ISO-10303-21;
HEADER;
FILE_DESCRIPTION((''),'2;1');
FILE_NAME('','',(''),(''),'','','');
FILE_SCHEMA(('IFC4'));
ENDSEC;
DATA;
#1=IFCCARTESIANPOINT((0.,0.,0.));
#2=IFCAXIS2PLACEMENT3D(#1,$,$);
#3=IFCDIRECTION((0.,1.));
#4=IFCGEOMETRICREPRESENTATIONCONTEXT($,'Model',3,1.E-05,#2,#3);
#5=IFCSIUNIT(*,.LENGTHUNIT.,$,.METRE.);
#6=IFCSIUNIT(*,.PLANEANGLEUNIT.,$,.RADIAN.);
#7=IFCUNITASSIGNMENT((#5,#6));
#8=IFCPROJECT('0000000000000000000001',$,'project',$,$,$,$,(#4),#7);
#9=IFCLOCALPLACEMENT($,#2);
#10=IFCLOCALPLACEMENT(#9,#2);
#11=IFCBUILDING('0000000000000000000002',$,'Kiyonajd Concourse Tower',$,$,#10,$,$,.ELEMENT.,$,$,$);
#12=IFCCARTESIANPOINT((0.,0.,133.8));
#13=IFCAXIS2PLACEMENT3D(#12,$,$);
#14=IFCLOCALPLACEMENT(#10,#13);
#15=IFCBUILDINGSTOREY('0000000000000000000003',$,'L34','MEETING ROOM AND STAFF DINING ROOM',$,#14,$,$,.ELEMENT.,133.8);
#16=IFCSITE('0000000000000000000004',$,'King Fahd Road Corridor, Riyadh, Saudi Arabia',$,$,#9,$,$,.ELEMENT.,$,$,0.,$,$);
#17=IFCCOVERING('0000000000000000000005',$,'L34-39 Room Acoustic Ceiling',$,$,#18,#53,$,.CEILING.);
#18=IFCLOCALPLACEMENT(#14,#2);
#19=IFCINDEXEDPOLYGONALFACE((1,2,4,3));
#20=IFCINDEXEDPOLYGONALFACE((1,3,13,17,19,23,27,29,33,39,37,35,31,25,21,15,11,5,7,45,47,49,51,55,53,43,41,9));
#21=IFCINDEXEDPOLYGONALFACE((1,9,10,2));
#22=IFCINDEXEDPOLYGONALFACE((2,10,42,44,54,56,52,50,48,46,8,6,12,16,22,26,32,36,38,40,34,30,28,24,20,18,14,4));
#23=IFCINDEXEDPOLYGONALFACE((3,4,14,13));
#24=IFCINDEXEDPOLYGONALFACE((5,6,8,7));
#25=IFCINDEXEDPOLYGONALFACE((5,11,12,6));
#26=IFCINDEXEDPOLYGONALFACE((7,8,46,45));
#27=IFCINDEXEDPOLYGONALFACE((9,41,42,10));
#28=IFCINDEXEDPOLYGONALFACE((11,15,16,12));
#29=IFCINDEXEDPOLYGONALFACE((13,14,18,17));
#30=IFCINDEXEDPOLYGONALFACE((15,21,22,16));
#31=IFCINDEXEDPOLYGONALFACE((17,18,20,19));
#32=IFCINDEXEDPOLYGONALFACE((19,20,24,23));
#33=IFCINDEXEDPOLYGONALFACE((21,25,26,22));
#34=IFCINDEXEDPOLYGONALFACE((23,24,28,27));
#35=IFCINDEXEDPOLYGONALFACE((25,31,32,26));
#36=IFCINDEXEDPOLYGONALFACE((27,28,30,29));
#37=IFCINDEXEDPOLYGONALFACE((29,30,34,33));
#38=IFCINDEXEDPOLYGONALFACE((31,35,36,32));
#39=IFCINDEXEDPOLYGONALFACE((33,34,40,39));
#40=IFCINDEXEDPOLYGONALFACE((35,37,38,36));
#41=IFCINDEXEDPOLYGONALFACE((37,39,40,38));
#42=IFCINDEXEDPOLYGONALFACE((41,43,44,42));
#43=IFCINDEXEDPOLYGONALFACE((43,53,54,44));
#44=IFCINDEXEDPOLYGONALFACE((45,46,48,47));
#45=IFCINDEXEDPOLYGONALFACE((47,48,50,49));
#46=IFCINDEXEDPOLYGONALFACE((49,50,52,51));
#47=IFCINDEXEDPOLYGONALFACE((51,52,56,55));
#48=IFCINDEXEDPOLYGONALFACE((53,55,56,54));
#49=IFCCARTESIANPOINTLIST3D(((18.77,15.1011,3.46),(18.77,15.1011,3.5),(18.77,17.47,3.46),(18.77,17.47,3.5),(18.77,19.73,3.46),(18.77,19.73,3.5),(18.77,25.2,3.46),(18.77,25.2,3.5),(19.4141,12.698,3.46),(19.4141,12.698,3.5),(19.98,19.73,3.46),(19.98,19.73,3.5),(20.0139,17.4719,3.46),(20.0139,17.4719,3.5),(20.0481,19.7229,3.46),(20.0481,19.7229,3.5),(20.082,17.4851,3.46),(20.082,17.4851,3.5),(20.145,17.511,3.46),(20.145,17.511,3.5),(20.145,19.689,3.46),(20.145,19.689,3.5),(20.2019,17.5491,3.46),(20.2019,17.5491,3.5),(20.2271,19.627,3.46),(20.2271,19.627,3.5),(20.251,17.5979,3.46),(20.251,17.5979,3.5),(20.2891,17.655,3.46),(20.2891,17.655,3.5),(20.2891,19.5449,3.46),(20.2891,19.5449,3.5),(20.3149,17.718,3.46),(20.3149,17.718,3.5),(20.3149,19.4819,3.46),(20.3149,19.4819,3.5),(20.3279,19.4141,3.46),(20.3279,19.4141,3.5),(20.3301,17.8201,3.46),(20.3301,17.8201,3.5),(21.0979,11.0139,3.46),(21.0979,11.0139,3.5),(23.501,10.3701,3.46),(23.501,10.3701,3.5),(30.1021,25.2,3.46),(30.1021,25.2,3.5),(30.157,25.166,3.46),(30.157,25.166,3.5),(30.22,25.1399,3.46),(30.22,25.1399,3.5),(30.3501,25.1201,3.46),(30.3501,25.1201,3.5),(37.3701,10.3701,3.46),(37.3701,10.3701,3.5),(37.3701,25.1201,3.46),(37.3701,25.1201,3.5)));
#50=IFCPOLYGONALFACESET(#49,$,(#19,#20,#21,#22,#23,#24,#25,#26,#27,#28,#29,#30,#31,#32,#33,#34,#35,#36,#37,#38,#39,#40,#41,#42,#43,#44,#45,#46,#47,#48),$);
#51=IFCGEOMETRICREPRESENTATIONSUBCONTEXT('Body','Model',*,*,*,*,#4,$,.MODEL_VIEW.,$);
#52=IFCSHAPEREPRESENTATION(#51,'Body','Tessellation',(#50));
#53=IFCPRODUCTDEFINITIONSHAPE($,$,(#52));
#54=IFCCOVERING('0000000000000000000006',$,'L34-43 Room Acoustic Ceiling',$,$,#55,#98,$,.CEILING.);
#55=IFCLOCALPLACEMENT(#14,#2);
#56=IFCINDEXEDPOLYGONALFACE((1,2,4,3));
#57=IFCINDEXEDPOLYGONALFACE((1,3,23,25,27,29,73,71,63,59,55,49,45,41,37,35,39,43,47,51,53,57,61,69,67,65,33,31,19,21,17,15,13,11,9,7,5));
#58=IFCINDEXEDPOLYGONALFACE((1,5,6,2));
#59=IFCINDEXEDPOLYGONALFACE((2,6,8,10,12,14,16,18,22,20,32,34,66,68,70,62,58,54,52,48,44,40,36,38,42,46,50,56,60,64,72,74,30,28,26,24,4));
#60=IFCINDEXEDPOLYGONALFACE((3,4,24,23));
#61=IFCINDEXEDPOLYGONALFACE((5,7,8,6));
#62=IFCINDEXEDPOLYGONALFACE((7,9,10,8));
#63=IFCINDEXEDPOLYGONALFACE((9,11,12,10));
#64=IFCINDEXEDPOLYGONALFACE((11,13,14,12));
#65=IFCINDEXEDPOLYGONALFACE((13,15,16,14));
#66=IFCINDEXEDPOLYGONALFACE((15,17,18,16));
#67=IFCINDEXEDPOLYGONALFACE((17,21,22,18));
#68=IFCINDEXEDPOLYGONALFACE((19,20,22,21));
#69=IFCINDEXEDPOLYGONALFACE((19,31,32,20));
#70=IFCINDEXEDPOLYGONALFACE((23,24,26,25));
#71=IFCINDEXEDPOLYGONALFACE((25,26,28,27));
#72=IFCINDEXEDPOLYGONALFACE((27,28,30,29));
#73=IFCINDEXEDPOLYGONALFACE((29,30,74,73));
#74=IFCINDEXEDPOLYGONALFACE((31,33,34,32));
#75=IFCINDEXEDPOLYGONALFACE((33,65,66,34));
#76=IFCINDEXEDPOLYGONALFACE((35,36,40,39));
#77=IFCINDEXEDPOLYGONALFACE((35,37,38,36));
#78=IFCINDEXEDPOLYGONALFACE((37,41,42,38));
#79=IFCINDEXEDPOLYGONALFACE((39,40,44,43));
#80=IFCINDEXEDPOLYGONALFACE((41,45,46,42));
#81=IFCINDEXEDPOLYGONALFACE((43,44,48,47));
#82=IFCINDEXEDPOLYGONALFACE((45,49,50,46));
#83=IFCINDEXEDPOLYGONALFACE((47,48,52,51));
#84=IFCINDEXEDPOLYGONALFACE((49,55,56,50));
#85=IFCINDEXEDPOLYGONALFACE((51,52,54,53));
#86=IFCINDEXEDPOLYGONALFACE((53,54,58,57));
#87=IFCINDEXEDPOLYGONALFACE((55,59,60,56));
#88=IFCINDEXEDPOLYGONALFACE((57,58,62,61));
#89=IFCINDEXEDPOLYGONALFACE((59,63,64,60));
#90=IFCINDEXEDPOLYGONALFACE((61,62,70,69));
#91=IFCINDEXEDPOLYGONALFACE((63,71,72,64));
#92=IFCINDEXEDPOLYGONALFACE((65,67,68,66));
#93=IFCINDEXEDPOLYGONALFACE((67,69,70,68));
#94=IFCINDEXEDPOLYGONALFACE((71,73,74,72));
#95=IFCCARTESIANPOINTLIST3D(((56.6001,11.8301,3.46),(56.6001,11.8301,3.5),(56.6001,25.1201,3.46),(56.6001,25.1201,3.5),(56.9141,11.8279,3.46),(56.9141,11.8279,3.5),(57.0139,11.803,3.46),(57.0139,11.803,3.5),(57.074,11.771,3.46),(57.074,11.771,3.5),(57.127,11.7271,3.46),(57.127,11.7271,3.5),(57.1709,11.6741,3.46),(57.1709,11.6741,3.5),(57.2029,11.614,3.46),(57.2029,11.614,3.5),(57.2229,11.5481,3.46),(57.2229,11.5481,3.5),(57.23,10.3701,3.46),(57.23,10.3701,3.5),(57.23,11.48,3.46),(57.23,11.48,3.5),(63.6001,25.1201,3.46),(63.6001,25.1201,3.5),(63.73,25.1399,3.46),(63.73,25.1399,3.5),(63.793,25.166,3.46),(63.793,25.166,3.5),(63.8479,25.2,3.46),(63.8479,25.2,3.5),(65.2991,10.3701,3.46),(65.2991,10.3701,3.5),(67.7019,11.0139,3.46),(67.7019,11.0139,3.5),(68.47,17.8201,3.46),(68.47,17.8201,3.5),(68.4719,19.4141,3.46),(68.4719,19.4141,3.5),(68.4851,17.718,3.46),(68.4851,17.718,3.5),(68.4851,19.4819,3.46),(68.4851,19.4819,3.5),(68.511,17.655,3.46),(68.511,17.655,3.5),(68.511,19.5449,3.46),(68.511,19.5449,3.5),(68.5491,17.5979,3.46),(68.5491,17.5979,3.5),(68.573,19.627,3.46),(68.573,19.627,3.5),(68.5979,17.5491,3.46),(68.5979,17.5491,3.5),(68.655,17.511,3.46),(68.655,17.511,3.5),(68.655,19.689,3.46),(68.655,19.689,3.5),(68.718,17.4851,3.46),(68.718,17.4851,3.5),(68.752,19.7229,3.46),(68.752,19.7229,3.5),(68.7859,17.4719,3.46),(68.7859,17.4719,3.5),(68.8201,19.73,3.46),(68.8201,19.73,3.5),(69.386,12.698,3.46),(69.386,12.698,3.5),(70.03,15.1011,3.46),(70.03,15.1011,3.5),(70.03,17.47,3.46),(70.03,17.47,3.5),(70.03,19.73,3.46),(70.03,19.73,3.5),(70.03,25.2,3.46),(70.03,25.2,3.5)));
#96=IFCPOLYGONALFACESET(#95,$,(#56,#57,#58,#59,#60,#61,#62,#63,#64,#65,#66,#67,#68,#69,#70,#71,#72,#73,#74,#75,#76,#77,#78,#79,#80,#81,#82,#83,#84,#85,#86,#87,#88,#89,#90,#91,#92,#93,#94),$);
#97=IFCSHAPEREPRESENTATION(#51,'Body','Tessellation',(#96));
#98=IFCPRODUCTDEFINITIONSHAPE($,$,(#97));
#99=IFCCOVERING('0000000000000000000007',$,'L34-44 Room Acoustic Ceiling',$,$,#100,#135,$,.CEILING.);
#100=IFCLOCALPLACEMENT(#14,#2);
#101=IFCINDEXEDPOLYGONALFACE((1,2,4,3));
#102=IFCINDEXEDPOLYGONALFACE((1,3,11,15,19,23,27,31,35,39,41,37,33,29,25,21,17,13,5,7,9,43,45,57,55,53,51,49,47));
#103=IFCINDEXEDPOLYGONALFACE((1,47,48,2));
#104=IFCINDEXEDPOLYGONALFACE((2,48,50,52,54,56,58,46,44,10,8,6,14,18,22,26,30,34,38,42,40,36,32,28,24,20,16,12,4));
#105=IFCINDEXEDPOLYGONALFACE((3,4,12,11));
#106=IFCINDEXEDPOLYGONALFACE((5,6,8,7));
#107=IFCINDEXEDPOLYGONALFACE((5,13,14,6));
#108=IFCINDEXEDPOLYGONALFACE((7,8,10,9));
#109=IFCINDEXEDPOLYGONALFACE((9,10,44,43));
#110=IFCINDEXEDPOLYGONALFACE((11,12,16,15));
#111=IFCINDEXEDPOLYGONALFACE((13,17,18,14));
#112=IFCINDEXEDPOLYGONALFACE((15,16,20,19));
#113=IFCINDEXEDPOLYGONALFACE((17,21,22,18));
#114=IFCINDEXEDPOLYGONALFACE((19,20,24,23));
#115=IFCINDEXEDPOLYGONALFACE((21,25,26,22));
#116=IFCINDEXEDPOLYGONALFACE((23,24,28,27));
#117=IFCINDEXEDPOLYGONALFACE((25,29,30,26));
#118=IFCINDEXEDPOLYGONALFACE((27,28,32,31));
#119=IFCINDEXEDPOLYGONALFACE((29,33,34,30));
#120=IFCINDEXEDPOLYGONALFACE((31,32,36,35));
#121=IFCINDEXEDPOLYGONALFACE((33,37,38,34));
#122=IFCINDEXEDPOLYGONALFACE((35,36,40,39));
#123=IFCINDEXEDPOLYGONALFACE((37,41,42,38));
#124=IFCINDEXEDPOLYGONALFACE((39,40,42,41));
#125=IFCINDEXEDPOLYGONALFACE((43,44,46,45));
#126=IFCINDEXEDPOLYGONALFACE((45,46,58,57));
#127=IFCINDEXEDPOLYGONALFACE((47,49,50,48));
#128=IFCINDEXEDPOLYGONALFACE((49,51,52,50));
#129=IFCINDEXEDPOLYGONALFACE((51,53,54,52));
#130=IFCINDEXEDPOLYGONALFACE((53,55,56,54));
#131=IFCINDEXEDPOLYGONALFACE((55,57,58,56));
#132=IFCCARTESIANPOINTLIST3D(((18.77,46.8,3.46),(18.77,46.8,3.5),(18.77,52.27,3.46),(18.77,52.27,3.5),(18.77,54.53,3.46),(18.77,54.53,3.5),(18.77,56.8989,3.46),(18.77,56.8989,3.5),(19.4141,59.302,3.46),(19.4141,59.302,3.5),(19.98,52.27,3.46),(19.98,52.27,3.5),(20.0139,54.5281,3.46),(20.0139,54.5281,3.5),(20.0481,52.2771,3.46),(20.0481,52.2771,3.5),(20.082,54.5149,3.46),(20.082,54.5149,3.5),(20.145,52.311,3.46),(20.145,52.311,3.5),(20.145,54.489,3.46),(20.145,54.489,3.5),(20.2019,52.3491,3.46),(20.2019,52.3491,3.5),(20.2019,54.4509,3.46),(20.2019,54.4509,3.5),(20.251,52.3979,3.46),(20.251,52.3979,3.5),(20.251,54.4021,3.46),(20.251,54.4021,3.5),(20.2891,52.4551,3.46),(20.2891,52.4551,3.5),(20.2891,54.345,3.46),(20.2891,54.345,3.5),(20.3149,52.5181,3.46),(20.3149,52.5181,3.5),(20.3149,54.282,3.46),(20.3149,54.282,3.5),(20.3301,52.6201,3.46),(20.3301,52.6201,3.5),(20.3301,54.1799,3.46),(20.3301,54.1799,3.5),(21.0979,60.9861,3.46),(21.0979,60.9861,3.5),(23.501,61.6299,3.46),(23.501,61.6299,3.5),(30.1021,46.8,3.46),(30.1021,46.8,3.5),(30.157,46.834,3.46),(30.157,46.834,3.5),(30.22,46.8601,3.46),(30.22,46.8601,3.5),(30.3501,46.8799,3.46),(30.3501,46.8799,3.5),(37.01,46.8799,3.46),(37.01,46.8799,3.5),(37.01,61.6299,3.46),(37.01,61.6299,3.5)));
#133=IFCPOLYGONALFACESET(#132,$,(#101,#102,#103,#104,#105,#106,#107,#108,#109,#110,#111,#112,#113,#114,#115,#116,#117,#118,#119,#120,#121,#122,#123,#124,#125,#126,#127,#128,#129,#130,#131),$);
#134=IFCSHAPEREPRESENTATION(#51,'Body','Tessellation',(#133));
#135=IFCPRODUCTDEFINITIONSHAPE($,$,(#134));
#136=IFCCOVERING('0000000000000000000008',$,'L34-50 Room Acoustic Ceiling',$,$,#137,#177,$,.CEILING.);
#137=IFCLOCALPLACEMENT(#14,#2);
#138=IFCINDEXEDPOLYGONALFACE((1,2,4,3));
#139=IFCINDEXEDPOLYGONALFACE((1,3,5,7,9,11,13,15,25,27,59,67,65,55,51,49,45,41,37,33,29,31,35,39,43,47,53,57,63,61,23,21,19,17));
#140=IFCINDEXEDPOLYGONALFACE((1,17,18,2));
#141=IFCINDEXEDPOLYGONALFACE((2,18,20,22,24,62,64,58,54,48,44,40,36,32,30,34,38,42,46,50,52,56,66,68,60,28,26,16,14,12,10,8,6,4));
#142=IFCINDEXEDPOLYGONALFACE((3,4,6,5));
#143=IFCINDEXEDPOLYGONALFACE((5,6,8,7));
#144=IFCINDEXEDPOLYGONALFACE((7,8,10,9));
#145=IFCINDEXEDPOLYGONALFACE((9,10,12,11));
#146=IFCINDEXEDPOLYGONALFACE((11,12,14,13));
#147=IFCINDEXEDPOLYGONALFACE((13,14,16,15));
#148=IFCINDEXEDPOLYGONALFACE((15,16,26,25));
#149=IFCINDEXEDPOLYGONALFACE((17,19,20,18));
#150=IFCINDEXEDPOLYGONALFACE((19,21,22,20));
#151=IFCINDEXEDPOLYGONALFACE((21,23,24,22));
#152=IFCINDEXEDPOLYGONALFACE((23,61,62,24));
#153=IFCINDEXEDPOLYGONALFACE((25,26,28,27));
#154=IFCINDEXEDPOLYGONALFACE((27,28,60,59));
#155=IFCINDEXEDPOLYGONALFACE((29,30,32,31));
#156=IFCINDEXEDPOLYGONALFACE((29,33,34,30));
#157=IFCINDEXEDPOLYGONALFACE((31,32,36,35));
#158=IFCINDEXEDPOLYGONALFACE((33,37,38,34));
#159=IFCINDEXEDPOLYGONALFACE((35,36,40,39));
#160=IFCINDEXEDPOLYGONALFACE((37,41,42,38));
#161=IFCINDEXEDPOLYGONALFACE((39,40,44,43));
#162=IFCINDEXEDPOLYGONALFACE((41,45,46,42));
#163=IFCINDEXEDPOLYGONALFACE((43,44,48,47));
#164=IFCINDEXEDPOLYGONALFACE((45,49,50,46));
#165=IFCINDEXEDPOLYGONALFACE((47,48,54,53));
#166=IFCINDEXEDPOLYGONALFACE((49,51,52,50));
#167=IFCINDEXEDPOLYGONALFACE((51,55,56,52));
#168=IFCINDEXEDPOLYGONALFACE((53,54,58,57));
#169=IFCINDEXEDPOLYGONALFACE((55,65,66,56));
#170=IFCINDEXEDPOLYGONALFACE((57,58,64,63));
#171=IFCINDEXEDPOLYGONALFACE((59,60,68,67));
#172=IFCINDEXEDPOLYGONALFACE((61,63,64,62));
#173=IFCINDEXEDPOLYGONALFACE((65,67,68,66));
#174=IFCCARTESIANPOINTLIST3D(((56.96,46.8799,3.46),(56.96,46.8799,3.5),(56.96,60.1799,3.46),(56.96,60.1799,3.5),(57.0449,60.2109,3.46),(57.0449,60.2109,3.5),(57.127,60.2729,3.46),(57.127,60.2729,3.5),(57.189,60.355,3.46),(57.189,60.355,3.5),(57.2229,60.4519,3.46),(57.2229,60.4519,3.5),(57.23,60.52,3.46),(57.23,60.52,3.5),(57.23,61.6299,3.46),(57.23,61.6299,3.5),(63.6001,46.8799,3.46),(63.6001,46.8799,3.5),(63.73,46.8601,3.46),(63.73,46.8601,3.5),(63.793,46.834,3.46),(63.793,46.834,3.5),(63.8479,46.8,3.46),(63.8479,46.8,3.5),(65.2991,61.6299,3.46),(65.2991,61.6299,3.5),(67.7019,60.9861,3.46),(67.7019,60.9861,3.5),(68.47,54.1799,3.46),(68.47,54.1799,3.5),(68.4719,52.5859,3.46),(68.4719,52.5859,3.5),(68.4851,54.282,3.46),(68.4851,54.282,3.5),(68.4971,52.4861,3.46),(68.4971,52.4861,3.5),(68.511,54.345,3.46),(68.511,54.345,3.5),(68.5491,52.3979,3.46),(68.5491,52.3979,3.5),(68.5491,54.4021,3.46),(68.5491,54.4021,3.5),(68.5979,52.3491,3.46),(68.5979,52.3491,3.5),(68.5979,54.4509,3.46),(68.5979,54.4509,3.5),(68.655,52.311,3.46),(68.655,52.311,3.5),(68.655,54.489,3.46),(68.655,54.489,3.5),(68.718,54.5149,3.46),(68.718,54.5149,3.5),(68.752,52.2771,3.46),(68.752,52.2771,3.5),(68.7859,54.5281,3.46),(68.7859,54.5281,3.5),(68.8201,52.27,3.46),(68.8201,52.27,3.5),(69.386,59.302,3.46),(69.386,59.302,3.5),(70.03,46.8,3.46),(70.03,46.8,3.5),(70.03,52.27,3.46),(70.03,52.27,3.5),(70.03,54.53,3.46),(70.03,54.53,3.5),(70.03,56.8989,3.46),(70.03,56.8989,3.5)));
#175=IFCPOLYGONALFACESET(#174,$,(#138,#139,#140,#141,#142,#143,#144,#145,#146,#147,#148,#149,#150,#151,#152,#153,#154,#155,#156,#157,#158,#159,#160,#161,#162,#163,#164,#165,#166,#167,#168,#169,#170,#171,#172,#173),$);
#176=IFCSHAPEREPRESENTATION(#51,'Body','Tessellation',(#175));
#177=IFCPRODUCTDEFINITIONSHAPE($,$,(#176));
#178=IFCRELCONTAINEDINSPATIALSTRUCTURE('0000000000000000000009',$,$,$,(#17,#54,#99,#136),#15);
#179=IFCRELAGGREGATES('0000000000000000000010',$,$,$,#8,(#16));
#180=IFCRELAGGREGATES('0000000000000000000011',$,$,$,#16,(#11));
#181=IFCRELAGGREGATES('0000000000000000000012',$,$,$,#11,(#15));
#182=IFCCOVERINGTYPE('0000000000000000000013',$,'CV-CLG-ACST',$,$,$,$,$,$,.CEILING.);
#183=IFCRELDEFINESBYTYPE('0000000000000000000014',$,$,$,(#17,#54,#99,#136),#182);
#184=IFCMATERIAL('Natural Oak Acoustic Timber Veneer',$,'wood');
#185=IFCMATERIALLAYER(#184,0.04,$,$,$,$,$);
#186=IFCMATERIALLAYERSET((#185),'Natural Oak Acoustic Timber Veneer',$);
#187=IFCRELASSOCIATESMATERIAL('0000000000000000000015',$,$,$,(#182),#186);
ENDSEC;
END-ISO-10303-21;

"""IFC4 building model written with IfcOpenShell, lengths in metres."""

from ifc_helpers import new_model, si_unit, direction, frame, origin, place, context, subcontext, project, spatial, polyline, outline, extrude, material, layer, layer_set, type_object, element, save


model = new_model("IFC4")

# Units and contexts
model_context = context("Model", 3, precision=1e-05, world=origin(), true_north=direction((0.0, 1.0)))
body_context = subcontext(model_context, "Body", "Model", "MODEL_VIEW")
ifc_project = project(units=[si_unit("LENGTHUNIT", "METRE"), si_unit("PLANEANGLEUNIT", "RADIAN")], contexts=[model_context])

# Site, building, storey
site_placement = place(None, origin())
site = spatial("IfcSite", under=ifc_project, at=site_placement, Name="King Fahd Road Corridor, Riyadh, Saudi Arabia", CompositionType="ELEMENT", RefElevation=0.0)
building_placement = place(site_placement, origin())
building = spatial("IfcBuilding", under=site, at=building_placement, Name="Kiyonajd Concourse Tower", CompositionType="ELEMENT")
storey_placement = place(building_placement, frame((0.0, 0.0, 133.8)))
storey = spatial("IfcBuildingStorey", under=building, at=storey_placement, Name="L34", Description="MEETING ROOM AND STAFF DINING ROOM", CompositionType="ELEMENT", Elevation=133.8)

# Shared definitions
ifc_material_1 = material(Name="Natural Oak Acoustic Timber Veneer", Category="wood")

# Coverings
ifc_layer_1 = layer(ifc_material_1, 0.04)
ifc_layer_set_1 = layer_set([ifc_layer_1], Name="Natural Oak Acoustic Timber Veneer")
covering_type = type_object("IfcCoveringType", Name="CV-CLG-ACST", PredefinedType="CEILING", material=ifc_layer_set_1)
covering_1_placement = place(storey_placement, frame((0.0, 0.0, 3.46)))
element("IfcCovering", 1, at=covering_1_placement, inside=storey, type_object=covering_type, Name="L34-39 Room Acoustic Ceiling", PredefinedType="CEILING", context=body_context, shape_type="SweptSolid", body=[
    extrude(outline(polyline([(19.4141, 12.698), (18.77, 15.1011), (18.77, 17.47), (20.0139, 17.4719), (20.082, 17.4851), (20.145, 17.511), (20.2019, 17.5491), (20.251, 17.5979), (20.2891, 17.655), (20.3149, 17.718), (20.3301, 17.8201), (20.3279, 19.4141), (20.3149, 19.4819), (20.2891, 19.5449), (20.2271, 19.627), (20.145, 19.689), (20.0481, 19.7229), (19.98, 19.73), (18.77, 19.73), (18.77, 25.2), (30.1021, 25.2), (30.157, 25.166), (30.22, 25.1399), (30.3501, 25.1201), (37.3701, 25.1201), (37.3701, 10.3701), (23.501, 10.3701), (21.0979, 11.0139), (19.4141, 12.698)])), origin(), (0.0, 0.0, 1.0), 0.04),
])
covering_2_placement = place(storey_placement, frame((0.0, 0.0, 3.46)))
element("IfcCovering", 2, at=covering_2_placement, inside=storey, type_object=covering_type, Name="L34-43 Room Acoustic Ceiling", PredefinedType="CEILING", context=body_context, shape_type="SweptSolid", body=[
    extrude(outline(polyline([(57.23, 10.3701), (57.23, 11.48), (57.2229, 11.5481), (57.2029, 11.614), (57.1709, 11.6741), (57.127, 11.7271), (57.074, 11.771), (57.0139, 11.803), (56.9141, 11.8279), (56.6001, 11.8301), (56.6001, 25.1201), (63.6001, 25.1201), (63.73, 25.1399), (63.793, 25.166), (63.8479, 25.2), (70.03, 25.2), (70.03, 19.73), (68.8201, 19.73), (68.752, 19.7229), (68.655, 19.689), (68.573, 19.627), (68.511, 19.5449), (68.4851, 19.4819), (68.4719, 19.4141), (68.47, 17.8201), (68.4851, 17.718), (68.511, 17.655), (68.5491, 17.5979), (68.5979, 17.5491), (68.655, 17.511), (68.718, 17.4851), (68.7859, 17.4719), (70.03, 17.47), (70.03, 15.1011), (69.386, 12.698), (67.7019, 11.0139), (65.2991, 10.3701), (57.23, 10.3701)])), origin(), (0.0, 0.0, 1.0), 0.04),
])
covering_3_placement = place(storey_placement, frame((0.0, 0.0, 3.46)))
element("IfcCovering", 3, at=covering_3_placement, inside=storey, type_object=covering_type, Name="L34-44 Room Acoustic Ceiling", PredefinedType="CEILING", context=body_context, shape_type="SweptSolid", body=[
    extrude(outline(polyline([(21.0979, 60.9861), (23.501, 61.6299), (37.01, 61.6299), (37.01, 46.8799), (30.3501, 46.8799), (30.22, 46.8601), (30.157, 46.834), (30.1021, 46.8), (18.77, 46.8), (18.77, 52.27), (19.98, 52.27), (20.0481, 52.2771), (20.145, 52.311), (20.2019, 52.3491), (20.251, 52.3979), (20.2891, 52.4551), (20.3149, 52.5181), (20.3301, 52.6201), (20.3301, 54.1799), (20.3149, 54.282), (20.2891, 54.345), (20.251, 54.4021), (20.2019, 54.4509), (20.145, 54.489), (20.082, 54.5149), (20.0139, 54.5281), (18.77, 54.53), (18.77, 56.8989), (19.4141, 59.302), (21.0979, 60.9861)])), origin(), (0.0, 0.0, 1.0), 0.04),
])
covering_4_placement = place(storey_placement, frame((0.0, 0.0, 3.46)))
element("IfcCovering", 4, at=covering_4_placement, inside=storey, type_object=covering_type, Name="L34-50 Room Acoustic Ceiling", PredefinedType="CEILING", context=body_context, shape_type="SweptSolid", body=[
    extrude(outline(polyline([(57.23, 61.6299), (65.2991, 61.6299), (67.7019, 60.9861), (69.386, 59.302), (70.03, 56.8989), (70.03, 54.53), (68.7859, 54.5281), (68.718, 54.5149), (68.655, 54.489), (68.5979, 54.4509), (68.5491, 54.4021), (68.511, 54.345), (68.4851, 54.282), (68.47, 54.1799), (68.4719, 52.5859), (68.4971, 52.4861), (68.5491, 52.3979), (68.5979, 52.3491), (68.655, 52.311), (68.752, 52.2771), (68.8201, 52.27), (70.03, 52.27), (70.03, 46.8), (63.8479, 46.8), (63.793, 46.834), (63.73, 46.8601), (63.6001, 46.8799), (56.96, 46.8799), (56.96, 60.1799), (57.0449, 60.2109), (57.127, 60.2729), (57.189, 60.355), (57.2229, 60.4519), (57.23, 60.52), (57.23, 61.6299)])), origin(), (0.0, 0.0, 1.0), 0.04),
])

save(model, "model.ifc")
